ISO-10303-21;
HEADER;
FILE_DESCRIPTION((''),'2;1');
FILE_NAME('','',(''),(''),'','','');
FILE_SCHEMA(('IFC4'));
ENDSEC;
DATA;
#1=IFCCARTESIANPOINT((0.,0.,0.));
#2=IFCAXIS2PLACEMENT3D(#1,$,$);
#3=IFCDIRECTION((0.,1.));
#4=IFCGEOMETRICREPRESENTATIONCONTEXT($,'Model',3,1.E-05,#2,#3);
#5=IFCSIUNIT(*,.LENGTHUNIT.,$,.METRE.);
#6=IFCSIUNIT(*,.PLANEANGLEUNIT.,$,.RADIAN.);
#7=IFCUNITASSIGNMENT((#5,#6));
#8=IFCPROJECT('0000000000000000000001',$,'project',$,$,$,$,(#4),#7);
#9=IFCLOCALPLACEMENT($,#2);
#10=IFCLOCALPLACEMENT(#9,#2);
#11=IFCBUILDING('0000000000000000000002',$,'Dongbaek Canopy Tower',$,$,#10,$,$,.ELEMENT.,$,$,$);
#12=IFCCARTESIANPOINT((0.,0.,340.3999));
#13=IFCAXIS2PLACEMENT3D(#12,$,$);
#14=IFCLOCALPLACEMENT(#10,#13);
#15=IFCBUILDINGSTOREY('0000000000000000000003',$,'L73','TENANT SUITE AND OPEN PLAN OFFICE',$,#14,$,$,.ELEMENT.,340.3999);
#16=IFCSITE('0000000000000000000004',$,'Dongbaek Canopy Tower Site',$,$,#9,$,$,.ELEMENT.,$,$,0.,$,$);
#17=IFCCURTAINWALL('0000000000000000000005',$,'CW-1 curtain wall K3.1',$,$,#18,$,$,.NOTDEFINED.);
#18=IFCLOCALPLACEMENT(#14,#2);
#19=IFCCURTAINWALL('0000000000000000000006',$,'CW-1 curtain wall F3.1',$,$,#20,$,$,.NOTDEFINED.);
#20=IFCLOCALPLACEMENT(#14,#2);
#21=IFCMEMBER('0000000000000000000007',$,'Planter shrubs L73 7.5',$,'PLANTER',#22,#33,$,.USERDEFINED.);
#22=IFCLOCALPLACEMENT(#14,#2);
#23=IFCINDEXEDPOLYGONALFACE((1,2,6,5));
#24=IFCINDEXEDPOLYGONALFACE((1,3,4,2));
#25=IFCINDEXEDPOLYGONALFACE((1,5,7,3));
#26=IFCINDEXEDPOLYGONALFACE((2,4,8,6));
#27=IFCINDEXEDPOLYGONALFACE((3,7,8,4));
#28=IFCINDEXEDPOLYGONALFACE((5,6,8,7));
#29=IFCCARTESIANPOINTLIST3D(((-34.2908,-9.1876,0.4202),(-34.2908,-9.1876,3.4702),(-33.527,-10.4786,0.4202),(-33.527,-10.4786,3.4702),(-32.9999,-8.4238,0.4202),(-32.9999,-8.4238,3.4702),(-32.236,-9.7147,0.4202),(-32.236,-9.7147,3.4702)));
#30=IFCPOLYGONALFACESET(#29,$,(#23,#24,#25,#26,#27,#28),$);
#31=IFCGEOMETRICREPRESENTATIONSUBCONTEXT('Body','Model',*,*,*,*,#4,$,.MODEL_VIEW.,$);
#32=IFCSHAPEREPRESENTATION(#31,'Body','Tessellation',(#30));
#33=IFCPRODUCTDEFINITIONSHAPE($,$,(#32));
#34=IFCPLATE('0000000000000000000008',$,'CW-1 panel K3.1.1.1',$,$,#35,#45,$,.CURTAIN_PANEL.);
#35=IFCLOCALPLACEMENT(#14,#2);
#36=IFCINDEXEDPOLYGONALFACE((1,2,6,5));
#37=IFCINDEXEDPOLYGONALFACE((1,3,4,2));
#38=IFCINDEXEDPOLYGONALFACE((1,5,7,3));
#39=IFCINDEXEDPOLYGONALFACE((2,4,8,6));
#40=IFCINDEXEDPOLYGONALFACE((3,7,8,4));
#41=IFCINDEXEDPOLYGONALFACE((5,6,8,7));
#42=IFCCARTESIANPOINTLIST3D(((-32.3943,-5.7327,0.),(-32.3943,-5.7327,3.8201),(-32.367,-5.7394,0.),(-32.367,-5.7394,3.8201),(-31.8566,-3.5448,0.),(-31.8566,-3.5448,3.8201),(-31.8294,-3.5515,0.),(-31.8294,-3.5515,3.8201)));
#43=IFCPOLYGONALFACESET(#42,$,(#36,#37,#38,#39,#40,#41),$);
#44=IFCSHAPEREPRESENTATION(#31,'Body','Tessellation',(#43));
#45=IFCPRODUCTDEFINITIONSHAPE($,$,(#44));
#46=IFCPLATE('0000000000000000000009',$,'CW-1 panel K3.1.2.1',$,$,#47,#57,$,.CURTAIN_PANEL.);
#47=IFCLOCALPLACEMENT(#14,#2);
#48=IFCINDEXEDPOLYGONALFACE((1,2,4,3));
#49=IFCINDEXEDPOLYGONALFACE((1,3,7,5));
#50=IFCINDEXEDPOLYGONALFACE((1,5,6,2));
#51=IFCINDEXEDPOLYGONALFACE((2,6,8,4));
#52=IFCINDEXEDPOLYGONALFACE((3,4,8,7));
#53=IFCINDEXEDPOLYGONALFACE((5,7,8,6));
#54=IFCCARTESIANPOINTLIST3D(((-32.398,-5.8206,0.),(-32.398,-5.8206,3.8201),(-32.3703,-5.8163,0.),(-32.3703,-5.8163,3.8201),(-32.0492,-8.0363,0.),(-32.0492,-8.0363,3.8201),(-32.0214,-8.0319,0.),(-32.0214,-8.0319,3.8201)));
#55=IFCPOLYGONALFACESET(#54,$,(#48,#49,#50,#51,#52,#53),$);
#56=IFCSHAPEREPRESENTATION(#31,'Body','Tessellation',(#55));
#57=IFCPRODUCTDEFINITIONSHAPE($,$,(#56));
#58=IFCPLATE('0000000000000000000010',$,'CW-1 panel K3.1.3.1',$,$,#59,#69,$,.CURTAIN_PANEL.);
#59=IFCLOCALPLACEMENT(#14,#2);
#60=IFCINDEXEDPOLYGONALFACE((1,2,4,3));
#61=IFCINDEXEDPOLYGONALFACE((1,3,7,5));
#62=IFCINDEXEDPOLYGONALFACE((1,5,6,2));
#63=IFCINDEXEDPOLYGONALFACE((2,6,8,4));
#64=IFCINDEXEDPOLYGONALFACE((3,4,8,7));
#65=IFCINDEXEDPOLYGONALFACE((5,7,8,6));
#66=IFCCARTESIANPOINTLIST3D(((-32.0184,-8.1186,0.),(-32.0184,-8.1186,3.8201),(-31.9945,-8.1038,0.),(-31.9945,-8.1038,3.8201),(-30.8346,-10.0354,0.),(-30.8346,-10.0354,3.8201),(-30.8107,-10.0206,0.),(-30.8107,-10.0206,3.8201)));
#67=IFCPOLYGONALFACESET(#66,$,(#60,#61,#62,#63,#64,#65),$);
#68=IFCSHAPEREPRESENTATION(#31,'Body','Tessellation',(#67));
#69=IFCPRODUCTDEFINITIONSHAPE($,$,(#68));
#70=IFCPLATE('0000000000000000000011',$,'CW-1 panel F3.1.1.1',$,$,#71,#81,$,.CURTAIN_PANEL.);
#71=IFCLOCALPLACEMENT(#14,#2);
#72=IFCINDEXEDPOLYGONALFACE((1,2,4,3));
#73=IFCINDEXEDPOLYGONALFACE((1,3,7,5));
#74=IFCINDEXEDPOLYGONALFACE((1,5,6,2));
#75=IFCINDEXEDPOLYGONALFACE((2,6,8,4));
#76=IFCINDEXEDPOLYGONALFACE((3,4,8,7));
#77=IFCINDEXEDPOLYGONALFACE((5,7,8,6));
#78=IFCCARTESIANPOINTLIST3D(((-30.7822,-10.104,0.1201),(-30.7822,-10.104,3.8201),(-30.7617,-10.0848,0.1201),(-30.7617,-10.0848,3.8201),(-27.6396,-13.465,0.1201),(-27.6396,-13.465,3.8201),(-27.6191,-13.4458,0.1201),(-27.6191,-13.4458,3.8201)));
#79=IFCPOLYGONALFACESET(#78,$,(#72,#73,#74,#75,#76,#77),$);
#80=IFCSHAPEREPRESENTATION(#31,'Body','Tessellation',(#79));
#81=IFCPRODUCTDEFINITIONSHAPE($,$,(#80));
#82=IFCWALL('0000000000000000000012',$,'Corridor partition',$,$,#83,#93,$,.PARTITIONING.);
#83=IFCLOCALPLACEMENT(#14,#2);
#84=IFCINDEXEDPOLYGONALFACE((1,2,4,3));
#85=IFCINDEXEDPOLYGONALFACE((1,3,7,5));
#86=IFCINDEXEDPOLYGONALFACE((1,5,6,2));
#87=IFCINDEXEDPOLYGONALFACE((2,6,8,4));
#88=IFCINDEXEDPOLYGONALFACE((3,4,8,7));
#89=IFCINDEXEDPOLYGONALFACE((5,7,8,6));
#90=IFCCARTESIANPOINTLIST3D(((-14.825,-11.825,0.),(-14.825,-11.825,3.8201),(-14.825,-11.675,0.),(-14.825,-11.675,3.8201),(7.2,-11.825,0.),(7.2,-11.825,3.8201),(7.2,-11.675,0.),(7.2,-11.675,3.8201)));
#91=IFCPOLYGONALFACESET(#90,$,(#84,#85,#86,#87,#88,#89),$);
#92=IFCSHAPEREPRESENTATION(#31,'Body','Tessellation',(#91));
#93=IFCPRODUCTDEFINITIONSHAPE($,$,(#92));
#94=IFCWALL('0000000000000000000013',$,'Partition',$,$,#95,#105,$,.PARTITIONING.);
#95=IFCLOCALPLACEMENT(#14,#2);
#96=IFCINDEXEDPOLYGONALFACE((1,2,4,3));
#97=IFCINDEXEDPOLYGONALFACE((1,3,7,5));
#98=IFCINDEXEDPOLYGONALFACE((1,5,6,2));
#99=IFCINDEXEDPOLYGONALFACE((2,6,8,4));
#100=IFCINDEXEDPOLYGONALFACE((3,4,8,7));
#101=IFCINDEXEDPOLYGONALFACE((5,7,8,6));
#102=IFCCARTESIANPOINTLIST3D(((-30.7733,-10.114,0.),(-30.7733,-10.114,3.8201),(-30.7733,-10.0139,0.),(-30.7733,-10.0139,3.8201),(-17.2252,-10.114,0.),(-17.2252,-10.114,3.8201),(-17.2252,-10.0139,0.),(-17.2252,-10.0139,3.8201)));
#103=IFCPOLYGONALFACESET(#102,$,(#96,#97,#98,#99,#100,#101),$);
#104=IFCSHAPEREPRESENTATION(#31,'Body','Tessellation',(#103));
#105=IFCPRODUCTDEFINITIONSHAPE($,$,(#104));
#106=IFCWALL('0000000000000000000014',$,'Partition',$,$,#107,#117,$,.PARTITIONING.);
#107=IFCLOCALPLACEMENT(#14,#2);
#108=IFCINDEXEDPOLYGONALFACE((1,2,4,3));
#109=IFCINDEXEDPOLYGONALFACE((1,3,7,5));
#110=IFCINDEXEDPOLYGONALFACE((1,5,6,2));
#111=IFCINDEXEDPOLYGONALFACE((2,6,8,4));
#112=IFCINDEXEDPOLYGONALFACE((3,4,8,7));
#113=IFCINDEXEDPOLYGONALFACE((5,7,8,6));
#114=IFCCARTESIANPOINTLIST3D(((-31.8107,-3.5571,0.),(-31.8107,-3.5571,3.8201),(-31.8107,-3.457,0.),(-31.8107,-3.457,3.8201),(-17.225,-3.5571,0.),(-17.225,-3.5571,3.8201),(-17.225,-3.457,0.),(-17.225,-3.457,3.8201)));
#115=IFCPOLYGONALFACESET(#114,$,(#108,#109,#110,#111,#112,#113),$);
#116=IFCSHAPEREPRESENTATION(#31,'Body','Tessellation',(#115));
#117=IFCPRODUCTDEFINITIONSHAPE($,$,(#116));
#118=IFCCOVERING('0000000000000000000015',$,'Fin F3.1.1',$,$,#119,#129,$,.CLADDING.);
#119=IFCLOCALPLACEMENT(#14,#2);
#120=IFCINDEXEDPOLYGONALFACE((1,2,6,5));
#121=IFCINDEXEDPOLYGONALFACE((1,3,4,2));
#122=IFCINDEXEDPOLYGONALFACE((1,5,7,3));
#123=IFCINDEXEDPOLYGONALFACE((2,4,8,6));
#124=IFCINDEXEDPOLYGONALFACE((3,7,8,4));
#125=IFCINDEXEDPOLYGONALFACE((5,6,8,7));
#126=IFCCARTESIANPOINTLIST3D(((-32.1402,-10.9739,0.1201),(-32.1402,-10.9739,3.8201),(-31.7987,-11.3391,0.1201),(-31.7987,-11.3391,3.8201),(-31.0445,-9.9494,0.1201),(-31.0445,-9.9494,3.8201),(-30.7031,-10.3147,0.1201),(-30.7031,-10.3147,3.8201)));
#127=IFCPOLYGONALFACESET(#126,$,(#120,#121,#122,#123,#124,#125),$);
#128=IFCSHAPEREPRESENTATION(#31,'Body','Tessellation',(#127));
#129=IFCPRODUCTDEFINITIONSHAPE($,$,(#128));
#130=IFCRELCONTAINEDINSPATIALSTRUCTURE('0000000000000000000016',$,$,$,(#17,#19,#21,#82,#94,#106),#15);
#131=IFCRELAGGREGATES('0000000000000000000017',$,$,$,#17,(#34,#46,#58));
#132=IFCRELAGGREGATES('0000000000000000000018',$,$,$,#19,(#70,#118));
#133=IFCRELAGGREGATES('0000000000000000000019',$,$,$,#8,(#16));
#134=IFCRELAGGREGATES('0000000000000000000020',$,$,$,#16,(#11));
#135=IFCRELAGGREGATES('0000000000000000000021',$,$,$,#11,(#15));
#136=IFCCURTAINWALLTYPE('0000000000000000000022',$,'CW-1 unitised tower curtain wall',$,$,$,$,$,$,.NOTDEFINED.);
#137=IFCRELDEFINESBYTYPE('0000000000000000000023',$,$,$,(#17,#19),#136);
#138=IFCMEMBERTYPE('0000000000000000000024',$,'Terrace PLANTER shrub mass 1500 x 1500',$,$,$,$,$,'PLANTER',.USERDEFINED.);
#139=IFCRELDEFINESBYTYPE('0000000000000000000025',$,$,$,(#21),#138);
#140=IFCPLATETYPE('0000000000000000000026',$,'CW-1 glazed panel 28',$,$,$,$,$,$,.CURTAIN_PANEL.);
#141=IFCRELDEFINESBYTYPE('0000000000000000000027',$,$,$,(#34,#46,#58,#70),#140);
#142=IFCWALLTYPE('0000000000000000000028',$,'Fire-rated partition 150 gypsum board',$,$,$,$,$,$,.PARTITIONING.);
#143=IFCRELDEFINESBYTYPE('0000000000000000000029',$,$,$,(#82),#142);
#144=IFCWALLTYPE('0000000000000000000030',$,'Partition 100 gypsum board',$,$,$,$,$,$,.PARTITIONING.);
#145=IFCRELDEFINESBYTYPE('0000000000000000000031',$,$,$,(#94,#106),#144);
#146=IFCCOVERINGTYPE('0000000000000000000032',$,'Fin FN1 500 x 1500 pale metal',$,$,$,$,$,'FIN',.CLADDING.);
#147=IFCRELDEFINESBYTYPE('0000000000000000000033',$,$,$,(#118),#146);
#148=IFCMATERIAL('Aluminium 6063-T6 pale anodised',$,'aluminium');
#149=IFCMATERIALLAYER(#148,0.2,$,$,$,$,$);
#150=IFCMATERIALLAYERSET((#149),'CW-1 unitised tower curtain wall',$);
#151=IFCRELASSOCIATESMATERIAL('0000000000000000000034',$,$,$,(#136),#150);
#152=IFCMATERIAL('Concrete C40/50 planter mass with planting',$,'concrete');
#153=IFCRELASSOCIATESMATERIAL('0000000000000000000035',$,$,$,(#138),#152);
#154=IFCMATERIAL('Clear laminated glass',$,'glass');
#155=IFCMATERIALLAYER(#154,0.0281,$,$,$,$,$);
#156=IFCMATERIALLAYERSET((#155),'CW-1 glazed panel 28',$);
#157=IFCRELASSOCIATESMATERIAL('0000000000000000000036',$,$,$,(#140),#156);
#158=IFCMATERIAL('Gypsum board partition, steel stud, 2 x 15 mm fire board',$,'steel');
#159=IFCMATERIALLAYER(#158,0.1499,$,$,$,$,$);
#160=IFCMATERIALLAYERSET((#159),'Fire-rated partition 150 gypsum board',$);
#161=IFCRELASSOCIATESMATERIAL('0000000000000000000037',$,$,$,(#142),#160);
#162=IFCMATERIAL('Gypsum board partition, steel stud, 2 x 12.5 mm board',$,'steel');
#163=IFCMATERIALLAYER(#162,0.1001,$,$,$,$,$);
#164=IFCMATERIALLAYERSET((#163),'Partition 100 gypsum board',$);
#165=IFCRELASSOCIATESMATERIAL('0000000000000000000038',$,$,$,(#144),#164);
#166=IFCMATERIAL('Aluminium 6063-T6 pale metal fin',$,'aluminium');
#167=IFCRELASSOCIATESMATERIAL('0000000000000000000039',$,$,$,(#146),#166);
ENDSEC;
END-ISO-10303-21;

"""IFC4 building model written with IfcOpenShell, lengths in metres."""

from ifc_helpers import new_model, si_unit, direction, frame, frame_2d, origin, origin_2d, place, context, subcontext, project, spatial, rectangle, extrude, material, layer, layer_set, material_profile, profile_set, type_object, element, aggregate, save


model = new_model("IFC4")

# Units and contexts
model_context = context("Model", 3, precision=1e-05, world=origin(), true_north=direction((0.0, 1.0)))
body_context = subcontext(model_context, "Body", "Model", "MODEL_VIEW")
ifc_project = project(units=[si_unit("LENGTHUNIT", "METRE"), si_unit("PLANEANGLEUNIT", "RADIAN")], contexts=[model_context])

# Site, building, storey
site_placement = place(None, origin())
site = spatial("IfcSite", under=ifc_project, at=site_placement, Name="Dongbaek Canopy Tower Site", CompositionType="ELEMENT", RefElevation=0.0)
building_placement = place(site_placement, origin())
building = spatial("IfcBuilding", under=site, at=building_placement, Name="Dongbaek Canopy Tower", CompositionType="ELEMENT")
storey_placement = place(building_placement, frame((0.0, 0.0, 340.3999)))
storey = spatial("IfcBuildingStorey", under=building, at=storey_placement, Name="L73", Description="TENANT SUITE AND OPEN PLAN OFFICE", CompositionType="ELEMENT", Elevation=340.3999)

# Curtain wall
ifc_material_1 = material(Name="Aluminium 6063-T6 pale anodised", Category="aluminium")
ifc_layer_1 = layer(ifc_material_1, 0.2)
ifc_layer_set_1 = layer_set([ifc_layer_1], Name="CW-1 unitised tower curtain wall")
curtain_wall_type = type_object("IfcCurtainWallType", Name="CW-1 unitised tower curtain wall", PredefinedType="NOTDEFINED", material=ifc_layer_set_1)
curtain_wall_1_placement = place(storey_placement, origin())
curtain_wall_1 = element("IfcCurtainWall", 1, at=curtain_wall_1_placement, inside=storey, type_object=curtain_wall_type, Name="CW-1 curtain wall K3.1", PredefinedType="NOTDEFINED")

# Curtain wall
curtain_wall_2_placement = place(storey_placement, origin())
curtain_wall_2 = element("IfcCurtainWall", 2, at=curtain_wall_2_placement, inside=storey, type_object=curtain_wall_type, Name="CW-1 curtain wall F3.1", PredefinedType="NOTDEFINED")

# Member
ifc_material_2 = material(Name="Concrete C40/50 planter mass with planting", Category="concrete")
ifc_material_profile_1 = material_profile(ifc_material_2, rectangle(XDim=1.5, YDim=1.5, at=origin_2d()), Name="Terrace PLANTER shrub mass 1500 x 1500")
ifc_profile_set_1 = profile_set([ifc_material_profile_1], Name="Concrete C40/50 planter mass with planting")
member_type_1 = type_object("IfcMemberType", Name="Terrace PLANTER shrub mass 1500 x 1500", ElementType="PLANTER", PredefinedType="USERDEFINED", material=ifc_profile_set_1)
member_1_placement = place(storey_placement, frame((-33.2634, -9.4512, 0.4202), z_axis=(0.0, 0.0, 1.0), x_axis=(-0.860622, -0.509245, 0.0)))
element("IfcMember", 3, at=member_1_placement, inside=storey, type_object=member_type_1, Name="Planter shrubs L73 7.5", ObjectType="PLANTER", PredefinedType="USERDEFINED", context=body_context, shape_type="SweptSolid", body=[
    extrude(rectangle(XDim=1.5, YDim=1.5, at=origin_2d()), origin(), (0.0, 0.0, 1.0), 3.05),
])

# Plates
ifc_material_3 = material(Name="Clear laminated glass", Category="glass")
ifc_layer_2 = layer(ifc_material_3, 0.0281)
ifc_layer_set_2 = layer_set([ifc_layer_2], Name="CW-1 glazed panel 28")
plate_type = type_object("IfcPlateType", Name="CW-1 glazed panel 28", PredefinedType="CURTAIN_PANEL", material=ifc_layer_set_2)
plate_1_placement = place(storey_placement, frame((-32.1118, -4.6421, 0.0), z_axis=(0.0, 0.0, 1.0), x_axis=(-0.238632, -0.97111, 0.0)))
plate_1 = element("IfcPlate", 4, at=plate_1_placement, type_object=plate_type, Name="CW-1 panel K3.1.1.1", PredefinedType="CURTAIN_PANEL", context=body_context, shape_type="SweptSolid", body=[
    extrude(rectangle(XDim=2.2529, YDim=0.0281, at=origin_2d()), origin(), (0.0, 0.0, 1.0), 3.8201),
])
plate_2_placement = place(storey_placement, frame((-32.2097, -6.9263, 0.0), z_axis=(0.0, 0.0, 1.0), x_axis=(0.155525, -0.987832, 0.0)))
plate_2 = element("IfcPlate", 5, at=plate_2_placement, type_object=plate_type, Name="CW-1 panel K3.1.2.1", PredefinedType="CURTAIN_PANEL", context=body_context, shape_type="SweptSolid", body=[
    extrude(rectangle(XDim=2.2429, YDim=0.0281, at=origin_2d()), origin(), (0.0, 0.0, 1.0), 3.8201),
])
plate_3_placement = place(storey_placement, frame((-31.4146, -9.0696, 0.0), z_axis=(0.0, 0.0, 1.0), x_axis=(0.525476, -0.850808, 0.0)))
plate_3 = element("IfcPlate", 6, at=plate_3_placement, type_object=plate_type, Name="CW-1 panel K3.1.3.1", PredefinedType="CURTAIN_PANEL", context=body_context, shape_type="SweptSolid", body=[
    extrude(rectangle(XDim=2.2529, YDim=0.0281, at=origin_2d()), origin(), (0.0, 0.0, 1.0), 3.8201),
])
aggregate(curtain_wall_1, [plate_1, plate_2, plate_3])
plate_4_placement = place(storey_placement, frame((-29.2007, -11.7749, 0.1201), z_axis=(0.0, 0.0, 1.0), x_axis=(0.682979, -0.730438, 0.0)))
plate_4 = element("IfcPlate", 7, at=plate_4_placement, type_object=plate_type, Name="CW-1 panel F3.1.1.1", PredefinedType="CURTAIN_PANEL", context=body_context, shape_type="SweptSolid", body=[
    extrude(rectangle(XDim=4.6013, YDim=0.0281, at=origin_2d()), origin(), (0.0, 0.0, 1.0), 3.7),
])

# Walls
ifc_material_4 = material(Name="Gypsum board partition, steel stud, 2 x 15 mm fire board", Category="steel")
ifc_layer_3 = layer(ifc_material_4, 0.1499)
ifc_layer_set_3 = layer_set([ifc_layer_3], Name="Fire-rated partition 150 gypsum board")
wall_type_1 = type_object("IfcWallType", Name="Fire-rated partition 150 gypsum board", PredefinedType="PARTITIONING", material=ifc_layer_set_3)
wall_1_placement = place(storey_placement, frame((-14.825, -11.75, 0.0), z_axis=(0.0, 0.0, 1.0), x_axis=(1.0, 0.0, 0.0)))
element("IfcWall", 8, at=wall_1_placement, inside=storey, type_object=wall_type_1, Name="Corridor partition", PredefinedType="PARTITIONING", context=body_context, shape_type="SweptSolid", body=[
    extrude(rectangle(XDim=22.0249, YDim=0.1499, at=frame_2d((11.0125, 0.0))), origin(), (0.0, 0.0, 1.0), 3.8201),
])
ifc_material_5 = material(Name="Gypsum board partition, steel stud, 2 x 12.5 mm board", Category="steel")
ifc_layer_4 = layer(ifc_material_5, 0.1001)
ifc_layer_set_4 = layer_set([ifc_layer_4], Name="Partition 100 gypsum board")
wall_type_2 = type_object("IfcWallType", Name="Partition 100 gypsum board", PredefinedType="PARTITIONING", material=ifc_layer_set_4)
wall_2_placement = place(storey_placement, frame((-30.7732, -10.064, 0.0), z_axis=(0.0, 0.0, 1.0), x_axis=(1.0, 0.0, 0.0)))
element("IfcWall", 9, at=wall_2_placement, inside=storey, type_object=wall_type_2, Name="Partition", PredefinedType="PARTITIONING", context=body_context, shape_type="SweptSolid", body=[
    extrude(rectangle(XDim=13.5481, YDim=0.1001, at=frame_2d((6.7739, 0.0))), origin(), (0.0, 0.0, 1.0), 3.8201),
])
wall_3_placement = place(storey_placement, frame((-31.8108, -3.5071, 0.0), z_axis=(0.0, 0.0, 1.0), x_axis=(1.0, 0.0, 0.0)))
element("IfcWall", 10, at=wall_3_placement, inside=storey, type_object=wall_type_2, Name="Partition", PredefinedType="PARTITIONING", context=body_context, shape_type="SweptSolid", body=[
    extrude(rectangle(XDim=14.5857, YDim=0.1001, at=frame_2d((7.293, 0.0))), origin(), (0.0, 0.0, 1.0), 3.8201),
])

# Covering
ifc_material_6 = material(Name="Aluminium 6063-T6 pale metal fin", Category="aluminium")
ifc_material_profile_2 = material_profile(ifc_material_6, rectangle(XDim=1.5, YDim=0.5, at=origin_2d()), Name="Fin FN1 500 x 1500 pale metal")
ifc_profile_set_2 = profile_set([ifc_material_profile_2], Name="Aluminium 6063-T6 pale metal fin")
covering_type = type_object("IfcCoveringType", Name="Fin FN1 500 x 1500 pale metal", ElementType="FIN", PredefinedType="CLADDING", material=ifc_profile_set_2)
covering_placement = place(storey_placement, frame((-31.4216, -10.6443, 0.1201), z_axis=(0.0, 0.0, 1.0), x_axis=(-0.730438, -0.682979, 0.0)))
covering = element("IfcCovering", 11, at=covering_placement, type_object=covering_type, Name="Fin F3.1.1", PredefinedType="CLADDING", context=body_context, shape_type="SweptSolid", body=[
    extrude(rectangle(XDim=1.5, YDim=0.5, at=origin_2d()), origin(), (0.0, 0.0, 1.0), 3.7),
])
aggregate(curtain_wall_2, [plate_4, covering])

save(model, "model.ifc")
